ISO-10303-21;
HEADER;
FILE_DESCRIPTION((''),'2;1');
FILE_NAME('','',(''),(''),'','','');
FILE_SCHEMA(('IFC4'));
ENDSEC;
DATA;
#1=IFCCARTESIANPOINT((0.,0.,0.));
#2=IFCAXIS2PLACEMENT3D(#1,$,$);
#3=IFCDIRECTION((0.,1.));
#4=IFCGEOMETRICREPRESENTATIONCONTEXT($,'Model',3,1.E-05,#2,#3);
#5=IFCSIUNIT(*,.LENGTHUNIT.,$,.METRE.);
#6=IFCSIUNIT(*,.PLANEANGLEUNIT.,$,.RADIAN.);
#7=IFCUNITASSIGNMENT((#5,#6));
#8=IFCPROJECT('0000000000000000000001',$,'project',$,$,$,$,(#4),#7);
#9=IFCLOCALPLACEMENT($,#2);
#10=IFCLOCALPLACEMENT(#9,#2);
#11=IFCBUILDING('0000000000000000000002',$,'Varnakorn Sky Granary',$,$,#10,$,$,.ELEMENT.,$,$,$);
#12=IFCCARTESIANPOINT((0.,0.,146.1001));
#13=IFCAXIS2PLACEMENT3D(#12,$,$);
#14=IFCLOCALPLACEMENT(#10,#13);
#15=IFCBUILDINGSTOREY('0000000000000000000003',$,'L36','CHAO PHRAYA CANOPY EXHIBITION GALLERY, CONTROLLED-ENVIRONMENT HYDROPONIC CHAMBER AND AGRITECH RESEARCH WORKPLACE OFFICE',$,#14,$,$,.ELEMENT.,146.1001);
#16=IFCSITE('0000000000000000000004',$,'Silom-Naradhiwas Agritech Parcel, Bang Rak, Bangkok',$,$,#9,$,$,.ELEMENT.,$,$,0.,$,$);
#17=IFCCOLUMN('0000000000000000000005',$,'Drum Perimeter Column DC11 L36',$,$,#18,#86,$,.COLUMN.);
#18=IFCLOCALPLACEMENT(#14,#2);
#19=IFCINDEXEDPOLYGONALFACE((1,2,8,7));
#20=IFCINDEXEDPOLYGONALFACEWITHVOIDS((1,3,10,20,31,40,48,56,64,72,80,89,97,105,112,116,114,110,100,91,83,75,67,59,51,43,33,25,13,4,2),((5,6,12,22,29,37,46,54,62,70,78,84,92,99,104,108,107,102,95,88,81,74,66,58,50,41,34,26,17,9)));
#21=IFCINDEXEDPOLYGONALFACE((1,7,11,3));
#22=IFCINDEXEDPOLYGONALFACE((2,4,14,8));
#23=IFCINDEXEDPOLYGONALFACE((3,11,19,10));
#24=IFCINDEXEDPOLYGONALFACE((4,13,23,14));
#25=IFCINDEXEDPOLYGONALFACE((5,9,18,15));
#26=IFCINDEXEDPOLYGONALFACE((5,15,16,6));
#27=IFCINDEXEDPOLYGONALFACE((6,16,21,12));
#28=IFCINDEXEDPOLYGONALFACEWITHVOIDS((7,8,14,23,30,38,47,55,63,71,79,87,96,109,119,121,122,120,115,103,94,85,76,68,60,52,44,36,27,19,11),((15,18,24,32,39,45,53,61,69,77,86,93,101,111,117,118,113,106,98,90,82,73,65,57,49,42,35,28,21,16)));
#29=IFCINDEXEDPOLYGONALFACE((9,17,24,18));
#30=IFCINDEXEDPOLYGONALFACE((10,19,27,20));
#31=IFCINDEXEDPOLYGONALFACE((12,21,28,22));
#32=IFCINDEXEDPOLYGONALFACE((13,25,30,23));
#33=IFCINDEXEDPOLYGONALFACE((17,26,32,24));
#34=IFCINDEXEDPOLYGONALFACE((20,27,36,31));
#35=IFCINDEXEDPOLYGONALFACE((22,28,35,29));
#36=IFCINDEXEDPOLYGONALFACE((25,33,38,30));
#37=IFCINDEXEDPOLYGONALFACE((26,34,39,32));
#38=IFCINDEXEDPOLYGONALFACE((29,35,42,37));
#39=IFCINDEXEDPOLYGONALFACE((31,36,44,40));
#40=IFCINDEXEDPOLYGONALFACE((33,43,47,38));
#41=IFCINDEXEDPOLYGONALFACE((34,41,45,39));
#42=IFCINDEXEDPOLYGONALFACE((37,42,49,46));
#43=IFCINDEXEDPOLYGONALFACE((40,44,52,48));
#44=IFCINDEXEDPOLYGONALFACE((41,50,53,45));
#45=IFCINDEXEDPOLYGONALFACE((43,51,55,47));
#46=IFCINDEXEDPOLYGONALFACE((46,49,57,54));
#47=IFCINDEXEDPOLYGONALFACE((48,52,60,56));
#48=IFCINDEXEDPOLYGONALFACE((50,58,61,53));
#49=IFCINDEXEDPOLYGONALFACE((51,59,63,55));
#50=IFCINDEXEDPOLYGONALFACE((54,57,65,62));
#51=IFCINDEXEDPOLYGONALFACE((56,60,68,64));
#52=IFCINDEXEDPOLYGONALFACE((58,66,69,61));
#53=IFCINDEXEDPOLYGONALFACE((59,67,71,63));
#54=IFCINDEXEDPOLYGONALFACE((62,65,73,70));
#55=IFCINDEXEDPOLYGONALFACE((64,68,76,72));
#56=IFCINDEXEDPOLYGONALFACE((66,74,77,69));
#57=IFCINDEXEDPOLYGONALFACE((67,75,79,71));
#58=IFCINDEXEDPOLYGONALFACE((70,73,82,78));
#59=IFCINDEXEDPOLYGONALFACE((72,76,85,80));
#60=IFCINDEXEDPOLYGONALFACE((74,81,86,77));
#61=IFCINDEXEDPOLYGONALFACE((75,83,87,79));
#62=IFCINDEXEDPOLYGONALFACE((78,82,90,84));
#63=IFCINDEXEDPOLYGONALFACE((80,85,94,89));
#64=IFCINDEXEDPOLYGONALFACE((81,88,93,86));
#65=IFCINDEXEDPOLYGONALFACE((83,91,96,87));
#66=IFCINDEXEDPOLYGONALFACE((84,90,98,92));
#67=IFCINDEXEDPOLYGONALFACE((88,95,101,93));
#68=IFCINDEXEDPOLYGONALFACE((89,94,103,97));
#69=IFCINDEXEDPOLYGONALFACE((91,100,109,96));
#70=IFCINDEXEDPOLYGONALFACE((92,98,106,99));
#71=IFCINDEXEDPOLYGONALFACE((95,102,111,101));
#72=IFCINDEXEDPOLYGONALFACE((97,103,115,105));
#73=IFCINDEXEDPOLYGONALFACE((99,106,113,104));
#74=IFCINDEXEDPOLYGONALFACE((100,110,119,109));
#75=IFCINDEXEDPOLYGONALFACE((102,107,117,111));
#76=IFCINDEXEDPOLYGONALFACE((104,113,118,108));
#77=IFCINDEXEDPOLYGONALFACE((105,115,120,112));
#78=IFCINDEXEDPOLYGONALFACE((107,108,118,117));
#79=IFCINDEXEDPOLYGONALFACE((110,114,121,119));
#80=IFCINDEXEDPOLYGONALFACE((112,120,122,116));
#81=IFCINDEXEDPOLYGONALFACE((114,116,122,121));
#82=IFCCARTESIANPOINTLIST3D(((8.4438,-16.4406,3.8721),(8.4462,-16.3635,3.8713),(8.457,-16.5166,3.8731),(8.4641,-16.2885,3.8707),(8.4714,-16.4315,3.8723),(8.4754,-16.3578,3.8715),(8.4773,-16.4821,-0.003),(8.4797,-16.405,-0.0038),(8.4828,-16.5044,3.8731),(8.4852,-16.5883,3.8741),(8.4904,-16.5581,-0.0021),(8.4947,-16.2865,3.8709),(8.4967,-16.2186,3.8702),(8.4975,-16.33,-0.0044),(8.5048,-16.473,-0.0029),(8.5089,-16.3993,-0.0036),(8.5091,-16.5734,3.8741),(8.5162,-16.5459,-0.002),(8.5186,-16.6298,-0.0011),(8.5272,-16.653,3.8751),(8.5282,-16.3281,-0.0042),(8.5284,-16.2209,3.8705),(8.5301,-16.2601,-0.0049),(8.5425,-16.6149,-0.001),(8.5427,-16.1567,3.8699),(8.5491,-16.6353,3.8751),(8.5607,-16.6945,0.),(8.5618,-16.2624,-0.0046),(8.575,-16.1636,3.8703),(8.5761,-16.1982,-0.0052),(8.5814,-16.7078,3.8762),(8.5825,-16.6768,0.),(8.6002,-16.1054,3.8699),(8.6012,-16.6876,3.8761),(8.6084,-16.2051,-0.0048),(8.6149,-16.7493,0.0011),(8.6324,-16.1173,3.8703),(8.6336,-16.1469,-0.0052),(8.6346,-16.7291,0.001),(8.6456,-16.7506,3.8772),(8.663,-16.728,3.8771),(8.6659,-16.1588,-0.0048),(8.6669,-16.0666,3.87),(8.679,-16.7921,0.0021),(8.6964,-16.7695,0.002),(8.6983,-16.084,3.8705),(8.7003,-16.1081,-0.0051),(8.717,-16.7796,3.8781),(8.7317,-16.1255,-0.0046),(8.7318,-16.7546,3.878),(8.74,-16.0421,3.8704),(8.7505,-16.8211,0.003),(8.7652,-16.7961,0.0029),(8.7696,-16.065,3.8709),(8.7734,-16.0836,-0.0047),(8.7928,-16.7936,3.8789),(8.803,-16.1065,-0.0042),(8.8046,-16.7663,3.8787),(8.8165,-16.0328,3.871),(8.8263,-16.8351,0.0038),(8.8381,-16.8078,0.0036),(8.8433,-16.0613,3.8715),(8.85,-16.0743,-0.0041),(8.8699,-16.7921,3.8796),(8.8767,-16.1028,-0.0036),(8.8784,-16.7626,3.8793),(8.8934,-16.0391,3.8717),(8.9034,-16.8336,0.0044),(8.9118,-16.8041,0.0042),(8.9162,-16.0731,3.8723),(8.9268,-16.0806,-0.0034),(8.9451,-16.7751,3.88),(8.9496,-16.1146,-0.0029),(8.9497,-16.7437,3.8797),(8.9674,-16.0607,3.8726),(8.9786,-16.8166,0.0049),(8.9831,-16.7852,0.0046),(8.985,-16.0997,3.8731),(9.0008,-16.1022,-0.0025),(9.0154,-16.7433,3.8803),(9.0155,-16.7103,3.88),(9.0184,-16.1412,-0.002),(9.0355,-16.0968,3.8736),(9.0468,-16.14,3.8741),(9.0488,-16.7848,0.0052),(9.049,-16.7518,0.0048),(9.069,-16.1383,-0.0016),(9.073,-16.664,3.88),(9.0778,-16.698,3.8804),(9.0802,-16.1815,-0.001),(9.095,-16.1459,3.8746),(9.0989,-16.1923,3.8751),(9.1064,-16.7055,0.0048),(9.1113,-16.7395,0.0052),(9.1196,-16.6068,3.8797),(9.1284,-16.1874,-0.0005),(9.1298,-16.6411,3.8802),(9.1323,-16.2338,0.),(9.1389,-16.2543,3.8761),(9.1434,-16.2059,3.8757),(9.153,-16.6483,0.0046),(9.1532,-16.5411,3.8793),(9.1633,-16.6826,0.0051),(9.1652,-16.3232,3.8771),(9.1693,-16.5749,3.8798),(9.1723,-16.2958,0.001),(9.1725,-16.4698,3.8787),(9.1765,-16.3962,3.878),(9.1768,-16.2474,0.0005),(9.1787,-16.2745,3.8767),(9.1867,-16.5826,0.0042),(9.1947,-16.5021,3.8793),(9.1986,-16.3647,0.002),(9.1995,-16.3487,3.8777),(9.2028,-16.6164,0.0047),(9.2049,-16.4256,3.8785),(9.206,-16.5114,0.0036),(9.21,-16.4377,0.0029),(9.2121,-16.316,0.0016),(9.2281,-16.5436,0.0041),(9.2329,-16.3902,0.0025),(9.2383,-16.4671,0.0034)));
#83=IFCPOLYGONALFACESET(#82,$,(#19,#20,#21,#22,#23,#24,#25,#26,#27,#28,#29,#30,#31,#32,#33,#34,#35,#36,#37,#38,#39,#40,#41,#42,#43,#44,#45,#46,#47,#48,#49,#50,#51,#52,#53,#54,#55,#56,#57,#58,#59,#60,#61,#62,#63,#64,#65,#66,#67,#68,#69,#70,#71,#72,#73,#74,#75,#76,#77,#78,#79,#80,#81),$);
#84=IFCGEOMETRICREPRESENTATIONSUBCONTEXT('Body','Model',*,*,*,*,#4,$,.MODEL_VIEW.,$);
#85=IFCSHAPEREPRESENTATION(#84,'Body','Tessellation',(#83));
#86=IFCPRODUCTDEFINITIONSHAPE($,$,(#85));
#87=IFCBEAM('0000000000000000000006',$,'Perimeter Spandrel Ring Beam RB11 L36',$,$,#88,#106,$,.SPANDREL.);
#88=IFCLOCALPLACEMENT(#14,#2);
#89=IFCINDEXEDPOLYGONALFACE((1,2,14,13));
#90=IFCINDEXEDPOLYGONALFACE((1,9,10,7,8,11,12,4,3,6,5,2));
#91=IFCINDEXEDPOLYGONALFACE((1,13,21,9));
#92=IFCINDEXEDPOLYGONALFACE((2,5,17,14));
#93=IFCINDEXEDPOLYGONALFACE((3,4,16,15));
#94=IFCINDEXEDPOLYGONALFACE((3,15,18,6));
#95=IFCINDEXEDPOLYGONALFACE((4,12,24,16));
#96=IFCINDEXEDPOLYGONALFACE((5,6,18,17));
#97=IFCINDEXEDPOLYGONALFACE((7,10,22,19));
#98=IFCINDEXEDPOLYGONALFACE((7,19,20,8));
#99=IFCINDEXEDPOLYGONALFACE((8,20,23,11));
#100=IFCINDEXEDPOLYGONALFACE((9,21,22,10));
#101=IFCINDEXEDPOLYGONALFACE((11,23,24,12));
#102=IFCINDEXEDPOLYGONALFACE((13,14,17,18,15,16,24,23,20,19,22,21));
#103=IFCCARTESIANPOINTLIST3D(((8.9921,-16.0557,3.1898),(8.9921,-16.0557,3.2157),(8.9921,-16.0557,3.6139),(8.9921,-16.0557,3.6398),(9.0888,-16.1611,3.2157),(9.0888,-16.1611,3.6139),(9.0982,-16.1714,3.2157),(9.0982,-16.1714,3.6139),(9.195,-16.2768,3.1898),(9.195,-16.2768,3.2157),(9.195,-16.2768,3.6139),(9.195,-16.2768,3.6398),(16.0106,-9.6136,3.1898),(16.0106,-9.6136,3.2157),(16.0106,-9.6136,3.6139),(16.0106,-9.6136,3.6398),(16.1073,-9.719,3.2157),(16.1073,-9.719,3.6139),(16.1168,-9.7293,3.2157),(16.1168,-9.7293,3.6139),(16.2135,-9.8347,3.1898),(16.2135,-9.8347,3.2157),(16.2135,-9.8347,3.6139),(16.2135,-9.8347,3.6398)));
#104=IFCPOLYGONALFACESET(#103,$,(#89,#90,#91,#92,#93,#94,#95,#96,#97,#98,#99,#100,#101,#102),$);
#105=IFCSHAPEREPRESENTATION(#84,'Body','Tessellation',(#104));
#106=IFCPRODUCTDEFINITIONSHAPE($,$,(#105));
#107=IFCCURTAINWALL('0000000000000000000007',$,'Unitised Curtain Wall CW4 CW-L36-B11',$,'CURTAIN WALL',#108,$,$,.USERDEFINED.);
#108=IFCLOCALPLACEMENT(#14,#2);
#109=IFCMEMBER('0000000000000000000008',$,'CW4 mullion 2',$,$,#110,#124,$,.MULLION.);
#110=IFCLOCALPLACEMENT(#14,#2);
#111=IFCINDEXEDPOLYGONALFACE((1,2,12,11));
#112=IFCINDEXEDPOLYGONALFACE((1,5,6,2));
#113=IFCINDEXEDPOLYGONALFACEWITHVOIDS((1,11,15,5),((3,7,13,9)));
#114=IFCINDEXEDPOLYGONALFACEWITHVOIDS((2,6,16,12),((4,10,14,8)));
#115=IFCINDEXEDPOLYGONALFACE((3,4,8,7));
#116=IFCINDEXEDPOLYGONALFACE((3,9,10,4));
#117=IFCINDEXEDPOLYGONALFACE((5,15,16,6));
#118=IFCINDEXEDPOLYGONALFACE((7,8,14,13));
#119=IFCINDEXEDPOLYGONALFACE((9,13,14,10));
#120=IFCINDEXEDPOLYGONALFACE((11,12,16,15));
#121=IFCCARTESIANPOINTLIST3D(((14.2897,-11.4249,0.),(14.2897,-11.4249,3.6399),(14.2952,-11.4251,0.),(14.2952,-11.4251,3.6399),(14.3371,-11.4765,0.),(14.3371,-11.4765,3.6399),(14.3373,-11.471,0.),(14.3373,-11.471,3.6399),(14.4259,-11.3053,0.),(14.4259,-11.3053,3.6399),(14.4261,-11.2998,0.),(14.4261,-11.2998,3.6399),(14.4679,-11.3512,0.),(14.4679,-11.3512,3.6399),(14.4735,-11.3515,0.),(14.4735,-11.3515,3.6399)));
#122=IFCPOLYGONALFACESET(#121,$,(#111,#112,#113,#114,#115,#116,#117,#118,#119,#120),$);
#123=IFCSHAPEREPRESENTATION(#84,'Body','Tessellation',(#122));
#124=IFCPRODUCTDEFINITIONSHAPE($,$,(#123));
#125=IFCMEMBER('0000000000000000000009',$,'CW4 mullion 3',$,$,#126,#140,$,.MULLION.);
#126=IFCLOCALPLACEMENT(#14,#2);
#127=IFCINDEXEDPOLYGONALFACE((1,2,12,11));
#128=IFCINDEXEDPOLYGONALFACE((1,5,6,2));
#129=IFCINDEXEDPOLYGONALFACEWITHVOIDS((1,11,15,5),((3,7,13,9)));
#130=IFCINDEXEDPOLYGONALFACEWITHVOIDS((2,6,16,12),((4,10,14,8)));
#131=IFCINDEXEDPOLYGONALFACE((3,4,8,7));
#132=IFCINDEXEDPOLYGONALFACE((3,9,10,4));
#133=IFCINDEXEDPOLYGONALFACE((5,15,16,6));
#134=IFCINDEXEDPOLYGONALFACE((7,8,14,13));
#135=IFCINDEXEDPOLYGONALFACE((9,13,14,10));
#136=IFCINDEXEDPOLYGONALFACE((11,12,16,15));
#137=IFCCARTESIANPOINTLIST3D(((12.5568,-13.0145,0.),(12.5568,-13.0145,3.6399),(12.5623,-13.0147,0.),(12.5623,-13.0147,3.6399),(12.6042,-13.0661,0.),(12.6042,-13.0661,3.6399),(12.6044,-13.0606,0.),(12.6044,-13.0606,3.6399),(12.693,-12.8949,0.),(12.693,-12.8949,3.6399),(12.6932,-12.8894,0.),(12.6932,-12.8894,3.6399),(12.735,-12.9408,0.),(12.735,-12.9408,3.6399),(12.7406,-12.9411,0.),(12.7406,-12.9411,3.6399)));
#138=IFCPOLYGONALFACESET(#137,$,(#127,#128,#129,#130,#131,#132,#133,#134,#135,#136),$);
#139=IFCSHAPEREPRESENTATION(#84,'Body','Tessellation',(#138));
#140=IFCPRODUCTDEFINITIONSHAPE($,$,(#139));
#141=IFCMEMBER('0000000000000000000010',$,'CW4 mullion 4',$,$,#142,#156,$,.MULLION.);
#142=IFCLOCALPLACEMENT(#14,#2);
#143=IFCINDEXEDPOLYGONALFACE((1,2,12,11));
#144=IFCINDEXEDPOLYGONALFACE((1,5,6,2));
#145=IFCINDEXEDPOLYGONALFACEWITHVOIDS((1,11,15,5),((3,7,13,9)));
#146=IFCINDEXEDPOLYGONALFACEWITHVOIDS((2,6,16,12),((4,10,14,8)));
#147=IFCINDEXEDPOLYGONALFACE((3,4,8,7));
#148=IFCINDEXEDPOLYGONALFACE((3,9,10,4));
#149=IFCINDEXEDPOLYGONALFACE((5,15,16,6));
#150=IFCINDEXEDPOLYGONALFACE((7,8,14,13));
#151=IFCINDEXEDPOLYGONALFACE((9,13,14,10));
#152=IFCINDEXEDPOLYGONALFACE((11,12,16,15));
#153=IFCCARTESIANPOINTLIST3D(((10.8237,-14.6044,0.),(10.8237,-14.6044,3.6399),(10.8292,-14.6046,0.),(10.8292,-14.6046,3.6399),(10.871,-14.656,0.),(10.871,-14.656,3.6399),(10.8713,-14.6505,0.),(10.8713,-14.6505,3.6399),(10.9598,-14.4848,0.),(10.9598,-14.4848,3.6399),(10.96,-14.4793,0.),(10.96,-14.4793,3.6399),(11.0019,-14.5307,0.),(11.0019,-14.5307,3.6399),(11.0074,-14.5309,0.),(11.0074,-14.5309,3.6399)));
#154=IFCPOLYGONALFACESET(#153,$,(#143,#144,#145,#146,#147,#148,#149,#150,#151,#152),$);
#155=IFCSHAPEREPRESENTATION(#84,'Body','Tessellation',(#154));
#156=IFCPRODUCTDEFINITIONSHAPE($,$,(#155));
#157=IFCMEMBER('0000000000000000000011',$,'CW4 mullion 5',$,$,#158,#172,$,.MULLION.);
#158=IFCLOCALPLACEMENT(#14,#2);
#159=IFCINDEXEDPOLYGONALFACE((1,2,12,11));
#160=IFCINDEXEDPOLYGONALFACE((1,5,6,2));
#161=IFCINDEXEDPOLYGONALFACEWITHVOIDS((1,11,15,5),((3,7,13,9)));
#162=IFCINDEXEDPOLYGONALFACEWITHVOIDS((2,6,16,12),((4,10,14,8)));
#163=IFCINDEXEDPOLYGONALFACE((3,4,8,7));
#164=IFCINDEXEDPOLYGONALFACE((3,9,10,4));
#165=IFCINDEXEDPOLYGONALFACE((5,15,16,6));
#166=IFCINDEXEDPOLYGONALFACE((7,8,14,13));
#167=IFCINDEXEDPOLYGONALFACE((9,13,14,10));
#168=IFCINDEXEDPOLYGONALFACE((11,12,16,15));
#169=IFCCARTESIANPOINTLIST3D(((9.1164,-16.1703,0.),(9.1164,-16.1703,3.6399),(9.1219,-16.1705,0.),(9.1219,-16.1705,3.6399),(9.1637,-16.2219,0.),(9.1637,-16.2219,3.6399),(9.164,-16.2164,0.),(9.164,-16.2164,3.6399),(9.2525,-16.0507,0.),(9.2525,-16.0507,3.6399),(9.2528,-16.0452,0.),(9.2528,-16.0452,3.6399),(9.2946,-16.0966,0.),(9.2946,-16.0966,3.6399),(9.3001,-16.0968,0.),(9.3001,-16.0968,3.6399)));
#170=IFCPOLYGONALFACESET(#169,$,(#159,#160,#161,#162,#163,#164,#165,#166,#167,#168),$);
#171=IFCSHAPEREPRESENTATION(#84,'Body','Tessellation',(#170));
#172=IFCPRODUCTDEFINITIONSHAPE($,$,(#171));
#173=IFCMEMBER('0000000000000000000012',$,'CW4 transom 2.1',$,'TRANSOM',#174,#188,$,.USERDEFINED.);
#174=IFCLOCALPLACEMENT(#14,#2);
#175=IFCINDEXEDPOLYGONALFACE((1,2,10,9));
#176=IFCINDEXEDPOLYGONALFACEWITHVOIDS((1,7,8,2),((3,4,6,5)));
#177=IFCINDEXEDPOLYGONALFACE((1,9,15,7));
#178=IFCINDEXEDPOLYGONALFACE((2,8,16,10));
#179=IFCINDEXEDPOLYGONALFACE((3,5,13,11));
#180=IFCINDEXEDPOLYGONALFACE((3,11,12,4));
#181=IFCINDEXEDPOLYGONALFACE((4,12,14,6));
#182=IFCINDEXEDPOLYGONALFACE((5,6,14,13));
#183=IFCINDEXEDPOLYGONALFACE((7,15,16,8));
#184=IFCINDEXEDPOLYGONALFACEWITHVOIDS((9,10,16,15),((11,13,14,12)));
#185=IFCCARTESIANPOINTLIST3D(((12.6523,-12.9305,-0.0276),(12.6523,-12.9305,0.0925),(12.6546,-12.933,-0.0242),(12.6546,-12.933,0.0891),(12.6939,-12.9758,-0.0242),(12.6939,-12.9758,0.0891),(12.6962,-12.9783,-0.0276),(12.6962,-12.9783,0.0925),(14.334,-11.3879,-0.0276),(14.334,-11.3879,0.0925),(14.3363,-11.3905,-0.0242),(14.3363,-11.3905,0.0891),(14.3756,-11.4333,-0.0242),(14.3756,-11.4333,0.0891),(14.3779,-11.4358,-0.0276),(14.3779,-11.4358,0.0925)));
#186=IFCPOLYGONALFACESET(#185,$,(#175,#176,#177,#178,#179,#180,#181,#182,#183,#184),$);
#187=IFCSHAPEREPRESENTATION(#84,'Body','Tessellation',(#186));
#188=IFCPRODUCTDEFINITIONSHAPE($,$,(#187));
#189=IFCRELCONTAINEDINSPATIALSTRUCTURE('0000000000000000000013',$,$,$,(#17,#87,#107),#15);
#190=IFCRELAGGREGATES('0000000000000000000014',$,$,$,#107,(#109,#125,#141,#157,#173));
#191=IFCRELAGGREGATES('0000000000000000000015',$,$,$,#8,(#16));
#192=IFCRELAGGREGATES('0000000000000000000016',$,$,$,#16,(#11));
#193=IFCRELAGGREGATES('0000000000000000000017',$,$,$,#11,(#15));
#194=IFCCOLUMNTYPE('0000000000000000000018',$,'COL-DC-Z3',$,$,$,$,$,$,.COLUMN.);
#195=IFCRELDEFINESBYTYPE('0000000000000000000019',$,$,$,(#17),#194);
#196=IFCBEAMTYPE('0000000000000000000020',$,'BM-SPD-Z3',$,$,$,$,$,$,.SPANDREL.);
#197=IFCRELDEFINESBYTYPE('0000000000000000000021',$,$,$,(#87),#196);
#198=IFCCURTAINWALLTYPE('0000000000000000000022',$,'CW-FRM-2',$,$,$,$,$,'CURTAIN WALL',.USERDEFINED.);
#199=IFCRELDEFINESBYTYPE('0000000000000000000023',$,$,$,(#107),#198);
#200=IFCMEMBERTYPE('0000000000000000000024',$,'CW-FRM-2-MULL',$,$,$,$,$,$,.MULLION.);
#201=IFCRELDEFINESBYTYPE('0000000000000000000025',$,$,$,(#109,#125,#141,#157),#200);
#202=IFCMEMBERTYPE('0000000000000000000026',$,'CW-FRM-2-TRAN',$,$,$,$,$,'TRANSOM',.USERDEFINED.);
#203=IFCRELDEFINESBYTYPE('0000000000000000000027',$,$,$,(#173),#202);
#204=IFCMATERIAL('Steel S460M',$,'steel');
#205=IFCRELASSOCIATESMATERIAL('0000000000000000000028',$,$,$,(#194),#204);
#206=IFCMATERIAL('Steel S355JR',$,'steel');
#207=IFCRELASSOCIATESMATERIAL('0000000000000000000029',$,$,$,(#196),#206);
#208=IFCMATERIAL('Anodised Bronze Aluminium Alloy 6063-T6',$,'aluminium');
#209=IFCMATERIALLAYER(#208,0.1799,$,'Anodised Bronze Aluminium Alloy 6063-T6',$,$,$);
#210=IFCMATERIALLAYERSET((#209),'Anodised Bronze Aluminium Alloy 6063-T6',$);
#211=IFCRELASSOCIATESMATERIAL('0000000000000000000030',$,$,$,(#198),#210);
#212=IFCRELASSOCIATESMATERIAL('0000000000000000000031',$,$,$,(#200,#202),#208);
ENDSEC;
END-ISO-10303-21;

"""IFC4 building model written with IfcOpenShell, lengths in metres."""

from ifc_helpers import new_model, si_unit, direction, frame, origin, origin_2d, place, context, subcontext, project, spatial, hollow_rectangle, hollow_circle, i_section, extrude, material, layer, layer_set, material_profile, profile_set, type_object, element, aggregate, save


model = new_model("IFC4")

# Units and contexts
model_context = context("Model", 3, precision=1e-05, world=origin(), true_north=direction((0.0, 1.0)))
body_context = subcontext(model_context, "Body", "Model", "MODEL_VIEW")
ifc_project = project(units=[si_unit("LENGTHUNIT", "METRE"), si_unit("PLANEANGLEUNIT", "RADIAN")], contexts=[model_context])

# Site, building, storey
site_placement = place(None, origin())
site = spatial("IfcSite", under=ifc_project, at=site_placement, Name="Silom-Naradhiwas Agritech Parcel, Bang Rak, Bangkok", CompositionType="ELEMENT", RefElevation=0.0)
building_placement = place(site_placement, origin())
building = spatial("IfcBuilding", under=site, at=building_placement, Name="Varnakorn Sky Granary", CompositionType="ELEMENT")
storey_placement = place(building_placement, frame((0.0, 0.0, 146.1001)))
storey = spatial("IfcBuildingStorey", under=building, at=storey_placement, Name="L36", Description="CHAO PHRAYA CANOPY EXHIBITION GALLERY, CONTROLLED-ENVIRONMENT HYDROPONIC CHAMBER AND AGRITECH RESEARCH WORKPLACE OFFICE", CompositionType="ELEMENT", Elevation=146.1001)

# Column
ifc_material_1 = material(Name="Steel S460M", Category="steel")
ifc_material_profile_1 = material_profile(ifc_material_1, hollow_circle(Radius=0.3811, WallThickness=0.0281, at=origin_2d()), Name="CHS 762x28")
ifc_profile_set_1 = profile_set([ifc_material_profile_1], Name="Steel S460M")
column_type = type_object("IfcColumnType", Name="COL-DC-Z3", PredefinedType="COLUMN", material=ifc_profile_set_1)
column_placement = place(storey_placement, frame((8.8574, -16.4553, 0.0), z_axis=(-0.008631, 0.01071, 0.999905), x_axis=(-0.77863, -0.627484, 0.0)))
element("IfcColumn", 1, at=column_placement, inside=storey, type_object=column_type, Name="Drum Perimeter Column DC11 L36", PredefinedType="COLUMN", context=body_context, shape_type="SweptSolid", body=[
    extrude(hollow_circle(Radius=0.3811, WallThickness=0.0281, at=origin_2d()), origin(), (0.0, 0.0, 1.0), 3.8755),
])

# Beam
ifc_material_2 = material(Name="Steel S355JR", Category="steel")
ifc_material_profile_2 = material_profile(ifc_material_2, i_section(OverallWidth=0.3, OverallDepth=0.45, WebThickness=0.0139, FlangeThickness=0.0259, at=origin_2d()), Name="HE 450 B")
ifc_profile_set_2 = profile_set([ifc_material_profile_2], Name="Steel S355JR")
beam_type = type_object("IfcBeamType", Name="BM-SPD-Z3", PredefinedType="SPANDREL", material=ifc_profile_set_2)
beam_placement = place(storey_placement, frame((9.0935, -16.1663, 3.4148), z_axis=(0.736711, 0.676207, 0.0), x_axis=(-0.676207, 0.736711, 0.0)))
element("IfcBeam", 2, at=beam_placement, inside=storey, type_object=beam_type, Name="Perimeter Spandrel Ring Beam RB11 L36", PredefinedType="SPANDREL", context=body_context, shape_type="SweptSolid", body=[
    extrude(i_section(OverallWidth=0.3, OverallDepth=0.45, WebThickness=0.0139, FlangeThickness=0.0259, at=origin_2d()), origin(), (0.0, 0.0, 1.0), 9.5269),
])

# Curtain wall, members
ifc_material_3 = material(Name="Anodised Bronze Aluminium Alloy 6063-T6", Category="aluminium")
ifc_layer_1 = layer(ifc_material_3, 0.1799, Name="Anodised Bronze Aluminium Alloy 6063-T6")
ifc_layer_set_1 = layer_set([ifc_layer_1], Name="Anodised Bronze Aluminium Alloy 6063-T6")
curtain_wall_type = type_object("IfcCurtainWallType", Name="CW-FRM-2", ElementType="CURTAIN WALL", PredefinedType="USERDEFINED", material=ifc_layer_set_1)
curtain_wall_placement = place(storey_placement, origin())
curtain_wall = element("IfcCurtainWall", 3, at=curtain_wall_placement, inside=storey, type_object=curtain_wall_type, Name="Unitised Curtain Wall CW4 CW-L36-B11", ObjectType="CURTAIN WALL", PredefinedType="USERDEFINED")
ifc_material_profile_3 = material_profile(ifc_material_3, hollow_rectangle(XDim=0.0701, YDim=0.1851, WallThickness=0.0039, at=origin_2d()), Name="ALU MULL 70x185")
ifc_profile_set_3 = profile_set([ifc_material_profile_3], Name="Anodised Bronze Aluminium Alloy 6063-T6")
member_type_1 = type_object("IfcMemberType", Name="CW-FRM-2-MULL", PredefinedType="MULLION", material=ifc_profile_set_3)
member_1_placement = place(storey_placement, frame((14.3816, -11.3882, 0.0), z_axis=(0.0, 0.0, 1.0), x_axis=(0.67596, -0.736938, 0.0)))
member_1 = element("IfcMember", 4, at=member_1_placement, type_object=member_type_1, Name="CW4 mullion 2", PredefinedType="MULLION", context=body_context, shape_type="SweptSolid", body=[
    extrude(hollow_rectangle(XDim=0.0701, YDim=0.1851, WallThickness=0.0039, at=origin_2d()), origin(), (0.0, 0.0, 1.0), 3.6399),
])
member_2_placement = place(storey_placement, frame((12.6487, -12.9778, 0.0), z_axis=(0.0, 0.0, 1.0), x_axis=(0.67596, -0.736938, 0.0)))
member_2 = element("IfcMember", 5, at=member_2_placement, type_object=member_type_1, Name="CW4 mullion 3", PredefinedType="MULLION", context=body_context, shape_type="SweptSolid", body=[
    extrude(hollow_rectangle(XDim=0.0701, YDim=0.1851, WallThickness=0.0039, at=origin_2d()), origin(), (0.0, 0.0, 1.0), 3.6399),
])
member_3_placement = place(storey_placement, frame((10.9155, -14.5676, 0.0), z_axis=(0.0, 0.0, 1.0), x_axis=(0.67596, -0.736938, 0.0)))
member_3 = element("IfcMember", 6, at=member_3_placement, type_object=member_type_1, Name="CW4 mullion 4", PredefinedType="MULLION", context=body_context, shape_type="SweptSolid", body=[
    extrude(hollow_rectangle(XDim=0.0701, YDim=0.1851, WallThickness=0.0039, at=origin_2d()), origin(), (0.0, 0.0, 1.0), 3.6399),
])
member_4_placement = place(storey_placement, frame((9.2083, -16.1335, 0.0), z_axis=(0.0, 0.0, 1.0), x_axis=(0.67596, -0.736938, 0.0)))
member_4 = element("IfcMember", 7, at=member_4_placement, type_object=member_type_1, Name="CW4 mullion 5", PredefinedType="MULLION", context=body_context, shape_type="SweptSolid", body=[
    extrude(hollow_rectangle(XDim=0.0701, YDim=0.1851, WallThickness=0.0039, at=origin_2d()), origin(), (0.0, 0.0, 1.0), 3.6399),
])
ifc_material_profile_4 = material_profile(ifc_material_3, hollow_rectangle(XDim=0.0649, YDim=0.1201, WallThickness=0.0034, at=origin_2d()), Name="ALU TRAN 65x120")
ifc_profile_set_4 = profile_set([ifc_material_profile_4], Name="Anodised Bronze Aluminium Alloy 6063-T6")
member_type_2 = type_object("IfcMemberType", Name="CW-FRM-2-TRAN", ElementType="TRANSOM", PredefinedType="USERDEFINED", material=ifc_profile_set_4)
member_5_placement = place(storey_placement, frame((14.356, -11.4119, 0.0325), z_axis=(-0.736941, -0.675957, 0.0), x_axis=(0.675957, -0.736941, 0.0)))
member_5 = element("IfcMember", 8, at=member_5_placement, type_object=member_type_2, Name="CW4 transom 2.1", ObjectType="TRANSOM", PredefinedType="USERDEFINED", context=body_context, shape_type="SweptSolid", body=[
    extrude(hollow_rectangle(XDim=0.0649, YDim=0.1201, WallThickness=0.0034, at=origin_2d()), origin(), (0.0, 0.0, 1.0), 2.282),
])

aggregate(curtain_wall, [member_1, member_2, member_3, member_4, member_5])

save(model, "model.ifc")
